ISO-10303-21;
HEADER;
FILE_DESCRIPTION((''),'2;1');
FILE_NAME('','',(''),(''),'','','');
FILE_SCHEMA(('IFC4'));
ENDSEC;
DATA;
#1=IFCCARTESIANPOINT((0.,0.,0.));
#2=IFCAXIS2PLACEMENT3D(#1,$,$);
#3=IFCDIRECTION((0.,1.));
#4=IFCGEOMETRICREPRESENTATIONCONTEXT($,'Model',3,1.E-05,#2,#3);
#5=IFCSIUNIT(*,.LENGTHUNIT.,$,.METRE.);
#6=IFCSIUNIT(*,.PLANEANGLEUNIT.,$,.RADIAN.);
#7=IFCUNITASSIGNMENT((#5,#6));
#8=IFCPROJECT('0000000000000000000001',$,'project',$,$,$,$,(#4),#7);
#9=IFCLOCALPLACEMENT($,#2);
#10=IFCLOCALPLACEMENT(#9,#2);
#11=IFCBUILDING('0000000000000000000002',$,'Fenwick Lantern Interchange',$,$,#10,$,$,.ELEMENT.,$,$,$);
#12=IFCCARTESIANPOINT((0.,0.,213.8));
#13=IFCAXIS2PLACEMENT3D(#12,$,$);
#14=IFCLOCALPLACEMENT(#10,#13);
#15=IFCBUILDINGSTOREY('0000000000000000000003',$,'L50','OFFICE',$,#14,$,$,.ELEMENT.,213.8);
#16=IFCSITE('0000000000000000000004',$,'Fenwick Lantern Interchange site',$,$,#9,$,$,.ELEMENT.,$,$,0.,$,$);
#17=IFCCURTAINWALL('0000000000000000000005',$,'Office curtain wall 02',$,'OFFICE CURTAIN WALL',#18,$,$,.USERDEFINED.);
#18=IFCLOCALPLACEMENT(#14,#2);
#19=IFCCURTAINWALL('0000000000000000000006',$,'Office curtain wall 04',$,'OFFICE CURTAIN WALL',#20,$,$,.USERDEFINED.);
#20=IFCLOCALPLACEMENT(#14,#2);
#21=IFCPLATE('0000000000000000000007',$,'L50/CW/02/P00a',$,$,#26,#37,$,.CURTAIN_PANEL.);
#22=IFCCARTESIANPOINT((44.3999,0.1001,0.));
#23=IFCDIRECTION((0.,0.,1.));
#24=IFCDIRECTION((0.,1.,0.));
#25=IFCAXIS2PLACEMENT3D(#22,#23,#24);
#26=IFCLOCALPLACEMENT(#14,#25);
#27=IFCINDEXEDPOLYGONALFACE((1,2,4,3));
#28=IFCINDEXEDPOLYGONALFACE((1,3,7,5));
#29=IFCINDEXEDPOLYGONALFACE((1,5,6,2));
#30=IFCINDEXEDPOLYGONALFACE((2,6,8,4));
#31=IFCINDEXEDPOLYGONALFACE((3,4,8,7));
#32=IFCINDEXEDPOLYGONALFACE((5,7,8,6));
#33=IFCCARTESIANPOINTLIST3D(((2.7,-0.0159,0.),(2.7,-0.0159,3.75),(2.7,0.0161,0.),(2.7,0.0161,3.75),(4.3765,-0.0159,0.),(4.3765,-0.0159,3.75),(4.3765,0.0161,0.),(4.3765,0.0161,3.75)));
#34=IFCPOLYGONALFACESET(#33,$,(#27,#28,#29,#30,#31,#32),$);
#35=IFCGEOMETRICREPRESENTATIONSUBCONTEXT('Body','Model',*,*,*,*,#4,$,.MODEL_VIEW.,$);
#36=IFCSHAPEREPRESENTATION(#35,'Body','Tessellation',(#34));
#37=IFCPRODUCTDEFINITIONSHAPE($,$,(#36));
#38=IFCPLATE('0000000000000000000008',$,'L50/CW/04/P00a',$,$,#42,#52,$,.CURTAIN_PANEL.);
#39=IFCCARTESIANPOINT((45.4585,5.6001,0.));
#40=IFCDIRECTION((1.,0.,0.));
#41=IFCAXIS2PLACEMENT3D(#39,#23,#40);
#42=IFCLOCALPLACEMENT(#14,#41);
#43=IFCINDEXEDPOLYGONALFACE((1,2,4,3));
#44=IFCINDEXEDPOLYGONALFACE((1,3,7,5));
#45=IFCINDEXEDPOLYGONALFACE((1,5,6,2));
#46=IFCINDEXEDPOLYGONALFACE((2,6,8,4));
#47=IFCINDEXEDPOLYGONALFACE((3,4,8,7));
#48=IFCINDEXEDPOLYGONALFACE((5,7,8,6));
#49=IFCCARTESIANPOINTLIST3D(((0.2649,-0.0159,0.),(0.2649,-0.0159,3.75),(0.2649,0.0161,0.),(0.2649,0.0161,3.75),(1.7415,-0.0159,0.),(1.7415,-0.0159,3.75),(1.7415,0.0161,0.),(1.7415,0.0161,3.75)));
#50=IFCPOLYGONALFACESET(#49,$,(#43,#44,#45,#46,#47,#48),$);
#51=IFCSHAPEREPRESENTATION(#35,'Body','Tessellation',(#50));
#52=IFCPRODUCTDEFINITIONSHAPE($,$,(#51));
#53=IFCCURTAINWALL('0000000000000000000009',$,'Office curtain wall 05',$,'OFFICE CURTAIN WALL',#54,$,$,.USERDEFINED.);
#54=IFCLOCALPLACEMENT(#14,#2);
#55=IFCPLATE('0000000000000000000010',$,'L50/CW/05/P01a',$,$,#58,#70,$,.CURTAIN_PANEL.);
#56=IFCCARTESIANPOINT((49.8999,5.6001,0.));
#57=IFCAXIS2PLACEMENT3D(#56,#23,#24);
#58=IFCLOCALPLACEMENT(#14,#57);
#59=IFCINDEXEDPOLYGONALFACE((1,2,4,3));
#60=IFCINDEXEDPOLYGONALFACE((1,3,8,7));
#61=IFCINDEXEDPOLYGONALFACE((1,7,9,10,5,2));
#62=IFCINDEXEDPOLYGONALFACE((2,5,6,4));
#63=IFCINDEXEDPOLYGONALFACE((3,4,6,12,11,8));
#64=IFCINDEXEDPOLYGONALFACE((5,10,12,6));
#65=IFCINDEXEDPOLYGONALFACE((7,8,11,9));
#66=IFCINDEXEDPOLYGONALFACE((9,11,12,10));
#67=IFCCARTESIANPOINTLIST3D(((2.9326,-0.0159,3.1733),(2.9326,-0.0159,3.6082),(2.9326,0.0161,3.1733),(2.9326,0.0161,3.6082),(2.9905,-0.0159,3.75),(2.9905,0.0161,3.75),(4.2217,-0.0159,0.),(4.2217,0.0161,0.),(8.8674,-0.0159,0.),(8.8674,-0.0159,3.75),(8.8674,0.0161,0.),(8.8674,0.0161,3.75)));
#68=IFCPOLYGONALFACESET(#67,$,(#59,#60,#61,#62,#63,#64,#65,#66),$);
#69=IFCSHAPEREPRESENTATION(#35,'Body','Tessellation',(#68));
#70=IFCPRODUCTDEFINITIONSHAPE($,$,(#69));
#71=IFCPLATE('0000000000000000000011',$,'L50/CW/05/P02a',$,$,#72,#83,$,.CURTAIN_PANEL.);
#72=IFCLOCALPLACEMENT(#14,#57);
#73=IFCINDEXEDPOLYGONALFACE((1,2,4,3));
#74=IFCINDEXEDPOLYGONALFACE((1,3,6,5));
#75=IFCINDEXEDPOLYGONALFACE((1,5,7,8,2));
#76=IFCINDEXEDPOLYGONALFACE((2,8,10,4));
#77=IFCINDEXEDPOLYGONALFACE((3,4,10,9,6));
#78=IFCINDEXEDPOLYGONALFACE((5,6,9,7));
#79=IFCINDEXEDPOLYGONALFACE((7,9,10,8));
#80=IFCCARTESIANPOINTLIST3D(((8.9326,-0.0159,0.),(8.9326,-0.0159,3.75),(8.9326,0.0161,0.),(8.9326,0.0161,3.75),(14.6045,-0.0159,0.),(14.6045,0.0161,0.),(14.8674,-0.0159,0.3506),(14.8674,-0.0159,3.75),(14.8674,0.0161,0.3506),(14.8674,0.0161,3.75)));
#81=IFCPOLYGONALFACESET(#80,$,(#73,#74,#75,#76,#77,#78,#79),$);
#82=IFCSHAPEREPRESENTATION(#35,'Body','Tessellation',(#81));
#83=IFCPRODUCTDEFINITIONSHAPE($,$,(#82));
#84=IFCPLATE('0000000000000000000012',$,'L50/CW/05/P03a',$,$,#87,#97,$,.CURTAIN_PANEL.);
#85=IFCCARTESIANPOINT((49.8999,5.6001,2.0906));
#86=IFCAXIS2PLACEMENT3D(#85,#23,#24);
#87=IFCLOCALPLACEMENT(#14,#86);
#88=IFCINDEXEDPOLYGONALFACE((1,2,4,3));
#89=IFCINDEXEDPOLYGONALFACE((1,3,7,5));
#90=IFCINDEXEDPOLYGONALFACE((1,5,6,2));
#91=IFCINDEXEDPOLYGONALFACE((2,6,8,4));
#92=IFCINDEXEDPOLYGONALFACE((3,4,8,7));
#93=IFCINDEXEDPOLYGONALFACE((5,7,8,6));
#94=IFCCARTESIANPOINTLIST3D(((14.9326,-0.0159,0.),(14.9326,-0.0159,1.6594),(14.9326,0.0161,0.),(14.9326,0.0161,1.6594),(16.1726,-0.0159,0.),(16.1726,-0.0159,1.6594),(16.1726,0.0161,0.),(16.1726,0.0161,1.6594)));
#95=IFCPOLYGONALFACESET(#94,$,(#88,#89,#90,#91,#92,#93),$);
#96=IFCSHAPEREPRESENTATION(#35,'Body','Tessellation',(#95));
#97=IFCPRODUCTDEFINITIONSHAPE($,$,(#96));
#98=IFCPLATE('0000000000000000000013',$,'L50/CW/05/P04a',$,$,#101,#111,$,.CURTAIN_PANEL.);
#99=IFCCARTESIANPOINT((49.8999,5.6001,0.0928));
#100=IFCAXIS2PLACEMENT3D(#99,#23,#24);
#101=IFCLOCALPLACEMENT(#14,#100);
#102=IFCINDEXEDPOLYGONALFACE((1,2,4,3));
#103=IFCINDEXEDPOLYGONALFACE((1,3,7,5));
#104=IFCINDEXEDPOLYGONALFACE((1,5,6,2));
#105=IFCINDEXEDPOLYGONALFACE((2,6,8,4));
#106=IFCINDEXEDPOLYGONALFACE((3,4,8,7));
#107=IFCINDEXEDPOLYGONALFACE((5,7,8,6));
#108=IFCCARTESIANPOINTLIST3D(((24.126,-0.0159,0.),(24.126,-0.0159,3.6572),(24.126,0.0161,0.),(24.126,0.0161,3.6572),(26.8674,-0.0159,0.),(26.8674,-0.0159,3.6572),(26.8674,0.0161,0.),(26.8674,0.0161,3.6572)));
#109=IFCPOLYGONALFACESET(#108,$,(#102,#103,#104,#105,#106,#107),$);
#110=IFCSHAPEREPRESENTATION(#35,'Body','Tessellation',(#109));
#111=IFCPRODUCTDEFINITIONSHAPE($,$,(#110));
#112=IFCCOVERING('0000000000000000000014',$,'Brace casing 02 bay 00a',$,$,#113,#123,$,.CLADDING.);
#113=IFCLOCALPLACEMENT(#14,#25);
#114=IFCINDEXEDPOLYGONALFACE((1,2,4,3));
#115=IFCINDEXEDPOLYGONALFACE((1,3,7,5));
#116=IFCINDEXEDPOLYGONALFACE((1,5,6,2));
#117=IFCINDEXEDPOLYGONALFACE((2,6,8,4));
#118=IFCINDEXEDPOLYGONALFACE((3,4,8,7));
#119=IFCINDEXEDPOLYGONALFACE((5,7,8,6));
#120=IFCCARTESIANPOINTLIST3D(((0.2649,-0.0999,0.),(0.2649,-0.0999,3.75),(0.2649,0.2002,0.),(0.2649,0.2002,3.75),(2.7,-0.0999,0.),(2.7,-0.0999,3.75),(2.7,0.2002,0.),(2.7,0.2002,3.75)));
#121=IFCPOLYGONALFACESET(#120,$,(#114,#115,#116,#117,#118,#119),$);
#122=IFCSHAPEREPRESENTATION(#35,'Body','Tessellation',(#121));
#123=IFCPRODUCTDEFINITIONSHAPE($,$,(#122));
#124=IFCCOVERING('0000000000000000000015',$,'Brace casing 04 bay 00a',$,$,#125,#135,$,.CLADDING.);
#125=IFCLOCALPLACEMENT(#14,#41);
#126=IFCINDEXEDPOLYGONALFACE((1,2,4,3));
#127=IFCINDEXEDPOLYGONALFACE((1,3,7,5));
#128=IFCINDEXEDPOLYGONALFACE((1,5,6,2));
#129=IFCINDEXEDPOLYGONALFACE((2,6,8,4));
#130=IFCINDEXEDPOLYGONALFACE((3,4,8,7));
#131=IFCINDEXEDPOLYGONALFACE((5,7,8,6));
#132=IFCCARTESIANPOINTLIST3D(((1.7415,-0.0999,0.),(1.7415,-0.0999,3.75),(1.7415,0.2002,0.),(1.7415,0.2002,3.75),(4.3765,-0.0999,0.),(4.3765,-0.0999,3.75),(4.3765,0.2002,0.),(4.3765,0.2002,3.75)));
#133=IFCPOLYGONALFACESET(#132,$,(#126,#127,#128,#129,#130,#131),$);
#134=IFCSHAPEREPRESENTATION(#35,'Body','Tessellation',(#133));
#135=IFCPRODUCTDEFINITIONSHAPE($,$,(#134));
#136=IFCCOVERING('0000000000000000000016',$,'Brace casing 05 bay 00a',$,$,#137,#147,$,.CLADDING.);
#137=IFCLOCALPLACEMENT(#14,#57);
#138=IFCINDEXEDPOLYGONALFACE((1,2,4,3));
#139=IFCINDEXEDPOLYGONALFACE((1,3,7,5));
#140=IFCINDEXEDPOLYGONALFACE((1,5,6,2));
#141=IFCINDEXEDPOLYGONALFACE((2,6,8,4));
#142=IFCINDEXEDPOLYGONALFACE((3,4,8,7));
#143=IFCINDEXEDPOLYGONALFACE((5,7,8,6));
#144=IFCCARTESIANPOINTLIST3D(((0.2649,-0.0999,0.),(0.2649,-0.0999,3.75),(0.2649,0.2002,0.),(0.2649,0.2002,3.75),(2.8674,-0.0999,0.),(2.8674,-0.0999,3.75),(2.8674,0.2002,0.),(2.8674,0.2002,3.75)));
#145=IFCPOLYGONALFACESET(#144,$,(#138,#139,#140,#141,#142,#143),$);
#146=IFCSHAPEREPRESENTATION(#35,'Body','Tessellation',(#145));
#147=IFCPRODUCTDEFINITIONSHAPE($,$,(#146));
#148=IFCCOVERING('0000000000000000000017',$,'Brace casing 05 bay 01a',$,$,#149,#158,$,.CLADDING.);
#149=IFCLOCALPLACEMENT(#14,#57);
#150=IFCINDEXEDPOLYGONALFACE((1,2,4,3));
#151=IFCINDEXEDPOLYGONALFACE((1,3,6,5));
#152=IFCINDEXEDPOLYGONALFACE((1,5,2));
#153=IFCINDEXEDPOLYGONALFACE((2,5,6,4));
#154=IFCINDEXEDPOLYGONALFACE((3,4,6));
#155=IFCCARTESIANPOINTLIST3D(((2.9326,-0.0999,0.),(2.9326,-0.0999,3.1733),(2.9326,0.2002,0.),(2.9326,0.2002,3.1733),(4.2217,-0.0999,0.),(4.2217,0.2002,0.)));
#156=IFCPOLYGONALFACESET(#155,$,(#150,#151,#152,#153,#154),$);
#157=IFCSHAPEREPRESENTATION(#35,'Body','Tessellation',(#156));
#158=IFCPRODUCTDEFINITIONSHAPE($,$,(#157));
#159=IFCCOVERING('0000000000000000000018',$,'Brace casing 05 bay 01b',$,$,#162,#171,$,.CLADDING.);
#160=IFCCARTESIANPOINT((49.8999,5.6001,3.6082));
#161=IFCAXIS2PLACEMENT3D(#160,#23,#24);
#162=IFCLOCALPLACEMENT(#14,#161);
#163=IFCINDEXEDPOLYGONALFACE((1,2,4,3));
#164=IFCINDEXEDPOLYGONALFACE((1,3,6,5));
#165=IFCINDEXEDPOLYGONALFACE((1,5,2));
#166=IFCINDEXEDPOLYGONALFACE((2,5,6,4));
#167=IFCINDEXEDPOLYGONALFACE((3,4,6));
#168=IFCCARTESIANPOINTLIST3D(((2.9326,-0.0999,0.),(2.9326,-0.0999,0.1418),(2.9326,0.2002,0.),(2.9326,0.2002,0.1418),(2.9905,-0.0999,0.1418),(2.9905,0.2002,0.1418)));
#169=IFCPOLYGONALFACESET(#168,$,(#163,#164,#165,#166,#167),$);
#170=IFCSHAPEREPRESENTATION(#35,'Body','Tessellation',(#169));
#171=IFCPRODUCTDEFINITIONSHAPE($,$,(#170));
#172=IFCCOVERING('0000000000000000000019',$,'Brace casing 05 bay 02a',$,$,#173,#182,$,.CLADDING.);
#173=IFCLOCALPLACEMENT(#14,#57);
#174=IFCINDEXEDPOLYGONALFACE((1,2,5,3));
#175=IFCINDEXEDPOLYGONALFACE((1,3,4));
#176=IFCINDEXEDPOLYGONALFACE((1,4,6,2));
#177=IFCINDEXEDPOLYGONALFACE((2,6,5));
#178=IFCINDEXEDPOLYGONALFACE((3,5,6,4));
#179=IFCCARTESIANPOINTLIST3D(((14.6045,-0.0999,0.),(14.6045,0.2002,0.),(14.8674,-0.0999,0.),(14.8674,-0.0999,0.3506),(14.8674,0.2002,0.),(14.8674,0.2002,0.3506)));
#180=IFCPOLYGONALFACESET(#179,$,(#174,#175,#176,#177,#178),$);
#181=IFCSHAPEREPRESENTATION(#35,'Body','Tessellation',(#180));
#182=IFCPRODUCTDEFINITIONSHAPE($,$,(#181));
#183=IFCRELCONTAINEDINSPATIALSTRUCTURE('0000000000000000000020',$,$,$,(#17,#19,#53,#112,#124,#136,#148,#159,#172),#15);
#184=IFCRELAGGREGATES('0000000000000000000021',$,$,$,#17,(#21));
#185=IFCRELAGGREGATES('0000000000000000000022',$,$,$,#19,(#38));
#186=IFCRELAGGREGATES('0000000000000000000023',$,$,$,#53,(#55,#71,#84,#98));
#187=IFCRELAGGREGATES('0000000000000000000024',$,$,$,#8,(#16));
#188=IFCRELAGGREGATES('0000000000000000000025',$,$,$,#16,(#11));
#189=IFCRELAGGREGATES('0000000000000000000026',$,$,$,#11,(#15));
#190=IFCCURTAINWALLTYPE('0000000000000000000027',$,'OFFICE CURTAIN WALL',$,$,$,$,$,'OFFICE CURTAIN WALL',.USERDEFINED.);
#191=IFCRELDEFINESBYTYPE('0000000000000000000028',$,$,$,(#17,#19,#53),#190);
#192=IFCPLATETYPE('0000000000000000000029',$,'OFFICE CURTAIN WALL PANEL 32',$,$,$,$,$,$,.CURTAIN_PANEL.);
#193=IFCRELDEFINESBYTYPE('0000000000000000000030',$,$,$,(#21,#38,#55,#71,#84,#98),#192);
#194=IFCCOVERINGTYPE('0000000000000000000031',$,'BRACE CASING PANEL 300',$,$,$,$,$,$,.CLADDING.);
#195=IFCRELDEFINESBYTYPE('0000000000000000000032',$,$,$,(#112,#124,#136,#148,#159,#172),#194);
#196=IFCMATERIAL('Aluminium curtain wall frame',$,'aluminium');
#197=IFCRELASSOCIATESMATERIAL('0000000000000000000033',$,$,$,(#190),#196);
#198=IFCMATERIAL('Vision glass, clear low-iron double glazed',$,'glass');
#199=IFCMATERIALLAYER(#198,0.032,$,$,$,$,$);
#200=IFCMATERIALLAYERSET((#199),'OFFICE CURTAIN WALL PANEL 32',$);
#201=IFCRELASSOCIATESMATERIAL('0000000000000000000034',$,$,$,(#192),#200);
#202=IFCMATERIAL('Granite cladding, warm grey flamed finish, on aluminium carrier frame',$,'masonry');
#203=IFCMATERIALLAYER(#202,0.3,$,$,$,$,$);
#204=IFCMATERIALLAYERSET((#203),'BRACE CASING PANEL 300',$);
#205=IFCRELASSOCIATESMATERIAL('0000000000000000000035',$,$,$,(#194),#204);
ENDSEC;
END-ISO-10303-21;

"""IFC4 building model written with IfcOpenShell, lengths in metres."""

from ifc_helpers import new_model, si_unit, direction, frame, origin, place, context, subcontext, project, spatial, polyline, outline, extrude, material, layer, layer_set, type_object, element, aggregate, save


model = new_model("IFC4")

# Units and contexts
model_context = context("Model", 3, precision=1e-05, world=origin(), true_north=direction((0.0, 1.0)))
body_context = subcontext(model_context, "Body", "Model", "MODEL_VIEW")
ifc_project = project(units=[si_unit("LENGTHUNIT", "METRE"), si_unit("PLANEANGLEUNIT", "RADIAN")], contexts=[model_context])

# Site, building, storey
site_placement = place(None, origin())
site = spatial("IfcSite", under=ifc_project, at=site_placement, Name="Fenwick Lantern Interchange site", CompositionType="ELEMENT", RefElevation=0.0)
building_placement = place(site_placement, origin())
building = spatial("IfcBuilding", under=site, at=building_placement, Name="Fenwick Lantern Interchange", CompositionType="ELEMENT")
storey_placement = place(building_placement, frame((0.0, 0.0, 213.8)))
storey = spatial("IfcBuildingStorey", under=building, at=storey_placement, Name="L50", Description="OFFICE", CompositionType="ELEMENT", Elevation=213.8)

# Shared definitions
ifc_material_1 = material(Name="Aluminium curtain wall frame", Category="aluminium")
curtain_wall_type = type_object("IfcCurtainWallType", Name="OFFICE CURTAIN WALL", ElementType="OFFICE CURTAIN WALL", PredefinedType="USERDEFINED", material=ifc_material_1)

# Curtain walls
curtain_wall_1_placement = place(storey_placement, origin())
curtain_wall_1 = element("IfcCurtainWall", 1, at=curtain_wall_1_placement, inside=storey, type_object=curtain_wall_type, Name="Office curtain wall 02", ObjectType="OFFICE CURTAIN WALL", PredefinedType="USERDEFINED")
curtain_wall_2_placement = place(storey_placement, origin())
curtain_wall_2 = element("IfcCurtainWall", 2, at=curtain_wall_2_placement, inside=storey, type_object=curtain_wall_type, Name="Office curtain wall 04", ObjectType="OFFICE CURTAIN WALL", PredefinedType="USERDEFINED")

# Plates
ifc_material_2 = material(Name="Vision glass, clear low-iron double glazed", Category="glass")
ifc_layer_1 = layer(ifc_material_2, 0.032)
ifc_layer_set_1 = layer_set([ifc_layer_1], Name="OFFICE CURTAIN WALL PANEL 32")
plate_type = type_object("IfcPlateType", Name="OFFICE CURTAIN WALL PANEL 32", PredefinedType="CURTAIN_PANEL", material=ifc_layer_set_1)
plate_1_placement = place(storey_placement, frame((44.3999, 0.1001, 0.0), z_axis=(0.0, 0.0, 1.0), x_axis=(0.0, 1.0, 0.0)))
plate_1 = element("IfcPlate", 3, at=plate_1_placement, type_object=plate_type, Name="L50/CW/02/P00a", PredefinedType="CURTAIN_PANEL", context=body_context, shape_type="SweptSolid", body=[
    extrude(outline(polyline([(2.7, 0.0), (4.3765, 0.0), (4.3765, 3.75), (2.7, 3.75), (2.7, 0.0)])), frame((0.0, 0.0161, 0.0), z_axis=(0.0, -1.0, 0.0), x_axis=(1.0, 0.0, 0.0)), (0.0, 0.0, 1.0), 0.032),
])
aggregate(curtain_wall_1, [plate_1])
plate_2_placement = place(storey_placement, frame((45.4585, 5.6001, 0.0), z_axis=(0.0, 0.0, 1.0), x_axis=(1.0, 0.0, 0.0)))
plate_2 = element("IfcPlate", 4, at=plate_2_placement, type_object=plate_type, Name="L50/CW/04/P00a", PredefinedType="CURTAIN_PANEL", context=body_context, shape_type="SweptSolid", body=[
    extrude(outline(polyline([(0.2649, 0.0), (1.7415, 0.0), (1.7415, 3.75), (0.2649, 3.75), (0.2649, 0.0)])), frame((0.0, 0.0161, 0.0), z_axis=(0.0, -1.0, 0.0), x_axis=(1.0, 0.0, 0.0)), (0.0, 0.0, 1.0), 0.032),
])
aggregate(curtain_wall_2, [plate_2])

# Curtain wall, plates
curtain_wall_3_placement = place(storey_placement, origin())
curtain_wall_3 = element("IfcCurtainWall", 5, at=curtain_wall_3_placement, inside=storey, type_object=curtain_wall_type, Name="Office curtain wall 05", ObjectType="OFFICE CURTAIN WALL", PredefinedType="USERDEFINED")
plate_3_placement = place(storey_placement, frame((49.8999, 5.6001, 0.0), z_axis=(0.0, 0.0, 1.0), x_axis=(0.0, 1.0, 0.0)))
plate_3 = element("IfcPlate", 6, at=plate_3_placement, type_object=plate_type, Name="L50/CW/05/P01a", PredefinedType="CURTAIN_PANEL", context=body_context, shape_type="SweptSolid", body=[
    extrude(outline(polyline([(4.2217, 0.0), (8.8674, 0.0), (8.8674, 3.75), (2.9905, 3.75), (2.9326, 3.6082), (2.9326, 3.1733), (4.2217, 0.0)])), frame((0.0, 0.0161, 0.0), z_axis=(0.0, -1.0, 0.0), x_axis=(1.0, 0.0, 0.0)), (0.0, 0.0, 1.0), 0.032),
])
plate_4_placement = place(storey_placement, frame((49.8999, 5.6001, 0.0), z_axis=(0.0, 0.0, 1.0), x_axis=(0.0, 1.0, 0.0)))
plate_4 = element("IfcPlate", 7, at=plate_4_placement, type_object=plate_type, Name="L50/CW/05/P02a", PredefinedType="CURTAIN_PANEL", context=body_context, shape_type="SweptSolid", body=[
    extrude(outline(polyline([(8.9326, 0.0), (14.6045, 0.0), (14.8674, 0.3506), (14.8674, 3.75), (8.9326, 3.75), (8.9326, 0.0)])), frame((0.0, 0.0161, 0.0), z_axis=(0.0, -1.0, 0.0), x_axis=(1.0, 0.0, 0.0)), (0.0, 0.0, 1.0), 0.032),
])
plate_5_placement = place(storey_placement, frame((49.8999, 5.6001, 2.0906), z_axis=(0.0, 0.0, 1.0), x_axis=(0.0, 1.0, 0.0)))
plate_5 = element("IfcPlate", 8, at=plate_5_placement, type_object=plate_type, Name="L50/CW/05/P03a", PredefinedType="CURTAIN_PANEL", context=body_context, shape_type="SweptSolid", body=[
    extrude(outline(polyline([(14.9326, 0.0), (16.1726, 0.0), (16.1726, 1.6594), (14.9326, 1.6594), (14.9326, 0.0)])), frame((0.0, 0.0161, 0.0), z_axis=(0.0, -1.0, 0.0), x_axis=(1.0, 0.0, 0.0)), (0.0, 0.0, 1.0), 0.032),
])
plate_6_placement = place(storey_placement, frame((49.8999, 5.6001, 0.0928), z_axis=(0.0, 0.0, 1.0), x_axis=(0.0, 1.0, 0.0)))
plate_6 = element("IfcPlate", 9, at=plate_6_placement, type_object=plate_type, Name="L50/CW/05/P04a", PredefinedType="CURTAIN_PANEL", context=body_context, shape_type="SweptSolid", body=[
    extrude(outline(polyline([(24.126, 0.0), (26.8674, 0.0), (26.8674, 3.6572), (24.126, 3.6572), (24.126, 0.0)])), frame((0.0, 0.0161, 0.0), z_axis=(0.0, -1.0, 0.0), x_axis=(1.0, 0.0, 0.0)), (0.0, 0.0, 1.0), 0.032),
])
aggregate(curtain_wall_3, [plate_3, plate_4, plate_5, plate_6])

# Coverings
ifc_material_3 = material(Name="Granite cladding, warm grey flamed finish, on aluminium carrier frame", Category="masonry")
ifc_layer_2 = layer(ifc_material_3, 0.3)
ifc_layer_set_2 = layer_set([ifc_layer_2], Name="BRACE CASING PANEL 300")
covering_type = type_object("IfcCoveringType", Name="BRACE CASING PANEL 300", PredefinedType="CLADDING", material=ifc_layer_set_2)
covering_1_placement = place(storey_placement, frame((44.3999, 0.1001, 0.0), z_axis=(0.0, 0.0, 1.0), x_axis=(0.0, 1.0, 0.0)))
element("IfcCovering", 10, at=covering_1_placement, inside=storey, type_object=covering_type, Name="Brace casing 02 bay 00a", PredefinedType="CLADDING", context=body_context, shape_type="SweptSolid", body=[
    extrude(outline(polyline([(0.2649, 0.0), (2.7, 0.0), (2.7, 3.75), (0.2649, 3.75), (0.2649, 0.0)])), frame((0.0, 0.2002, 0.0), z_axis=(0.0, -1.0, 0.0), x_axis=(1.0, 0.0, 0.0)), (0.0, 0.0, 1.0), 0.3),
])
covering_2_placement = place(storey_placement, frame((45.4585, 5.6001, 0.0), z_axis=(0.0, 0.0, 1.0), x_axis=(1.0, 0.0, 0.0)))
element("IfcCovering", 11, at=covering_2_placement, inside=storey, type_object=covering_type, Name="Brace casing 04 bay 00a", PredefinedType="CLADDING", context=body_context, shape_type="SweptSolid", body=[
    extrude(outline(polyline([(1.7415, 0.0), (4.3765, 0.0), (4.3765, 3.75), (1.7415, 3.75), (1.7415, 0.0)])), frame((0.0, 0.2002, 0.0), z_axis=(0.0, -1.0, 0.0), x_axis=(1.0, 0.0, 0.0)), (0.0, 0.0, 1.0), 0.3),
])
covering_3_placement = place(storey_placement, frame((49.8999, 5.6001, 0.0), z_axis=(0.0, 0.0, 1.0), x_axis=(0.0, 1.0, 0.0)))
element("IfcCovering", 12, at=covering_3_placement, inside=storey, type_object=covering_type, Name="Brace casing 05 bay 00a", PredefinedType="CLADDING", context=body_context, shape_type="SweptSolid", body=[
    extrude(outline(polyline([(0.2649, 0.0), (2.8674, 0.0), (2.8674, 3.75), (0.2649, 3.75), (0.2649, 0.0)])), frame((0.0, 0.2002, 0.0), z_axis=(0.0, -1.0, 0.0), x_axis=(1.0, 0.0, 0.0)), (0.0, 0.0, 1.0), 0.3),
])
covering_4_placement = place(storey_placement, frame((49.8999, 5.6001, 0.0), z_axis=(0.0, 0.0, 1.0), x_axis=(0.0, 1.0, 0.0)))
element("IfcCovering", 13, at=covering_4_placement, inside=storey, type_object=covering_type, Name="Brace casing 05 bay 01a", PredefinedType="CLADDING", context=body_context, shape_type="SweptSolid", body=[
    extrude(outline(polyline([(2.9326, 0.0), (4.2217, 0.0), (2.9326, 3.1733), (2.9326, 0.0)])), frame((0.0, 0.2002, 0.0), z_axis=(0.0, -1.0, 0.0), x_axis=(1.0, 0.0, 0.0)), (0.0, 0.0, 1.0), 0.3),
])
covering_5_placement = place(storey_placement, frame((49.8999, 5.6001, 3.6082), z_axis=(0.0, 0.0, 1.0), x_axis=(0.0, 1.0, 0.0)))
element("IfcCovering", 14, at=covering_5_placement, inside=storey, type_object=covering_type, Name="Brace casing 05 bay 01b", PredefinedType="CLADDING", context=body_context, shape_type="SweptSolid", body=[
    extrude(outline(polyline([(2.9326, 0.0), (2.9905, 0.1418), (2.9326, 0.1418), (2.9326, 0.0)])), frame((0.0, 0.2002, 0.0), z_axis=(0.0, -1.0, 0.0), x_axis=(1.0, 0.0, 0.0)), (0.0, 0.0, 1.0), 0.3),
])
covering_6_placement = place(storey_placement, frame((49.8999, 5.6001, 0.0), z_axis=(0.0, 0.0, 1.0), x_axis=(0.0, 1.0, 0.0)))
element("IfcCovering", 15, at=covering_6_placement, inside=storey, type_object=covering_type, Name="Brace casing 05 bay 02a", PredefinedType="CLADDING", context=body_context, shape_type="SweptSolid", body=[
    extrude(outline(polyline([(14.6045, 0.0), (14.8674, 0.0), (14.8674, 0.3506), (14.6045, 0.0)])), frame((0.0, 0.2002, 0.0), z_axis=(0.0, -1.0, 0.0), x_axis=(1.0, 0.0, 0.0)), (0.0, 0.0, 1.0), 0.3),
])

save(model, "model.ifc")
